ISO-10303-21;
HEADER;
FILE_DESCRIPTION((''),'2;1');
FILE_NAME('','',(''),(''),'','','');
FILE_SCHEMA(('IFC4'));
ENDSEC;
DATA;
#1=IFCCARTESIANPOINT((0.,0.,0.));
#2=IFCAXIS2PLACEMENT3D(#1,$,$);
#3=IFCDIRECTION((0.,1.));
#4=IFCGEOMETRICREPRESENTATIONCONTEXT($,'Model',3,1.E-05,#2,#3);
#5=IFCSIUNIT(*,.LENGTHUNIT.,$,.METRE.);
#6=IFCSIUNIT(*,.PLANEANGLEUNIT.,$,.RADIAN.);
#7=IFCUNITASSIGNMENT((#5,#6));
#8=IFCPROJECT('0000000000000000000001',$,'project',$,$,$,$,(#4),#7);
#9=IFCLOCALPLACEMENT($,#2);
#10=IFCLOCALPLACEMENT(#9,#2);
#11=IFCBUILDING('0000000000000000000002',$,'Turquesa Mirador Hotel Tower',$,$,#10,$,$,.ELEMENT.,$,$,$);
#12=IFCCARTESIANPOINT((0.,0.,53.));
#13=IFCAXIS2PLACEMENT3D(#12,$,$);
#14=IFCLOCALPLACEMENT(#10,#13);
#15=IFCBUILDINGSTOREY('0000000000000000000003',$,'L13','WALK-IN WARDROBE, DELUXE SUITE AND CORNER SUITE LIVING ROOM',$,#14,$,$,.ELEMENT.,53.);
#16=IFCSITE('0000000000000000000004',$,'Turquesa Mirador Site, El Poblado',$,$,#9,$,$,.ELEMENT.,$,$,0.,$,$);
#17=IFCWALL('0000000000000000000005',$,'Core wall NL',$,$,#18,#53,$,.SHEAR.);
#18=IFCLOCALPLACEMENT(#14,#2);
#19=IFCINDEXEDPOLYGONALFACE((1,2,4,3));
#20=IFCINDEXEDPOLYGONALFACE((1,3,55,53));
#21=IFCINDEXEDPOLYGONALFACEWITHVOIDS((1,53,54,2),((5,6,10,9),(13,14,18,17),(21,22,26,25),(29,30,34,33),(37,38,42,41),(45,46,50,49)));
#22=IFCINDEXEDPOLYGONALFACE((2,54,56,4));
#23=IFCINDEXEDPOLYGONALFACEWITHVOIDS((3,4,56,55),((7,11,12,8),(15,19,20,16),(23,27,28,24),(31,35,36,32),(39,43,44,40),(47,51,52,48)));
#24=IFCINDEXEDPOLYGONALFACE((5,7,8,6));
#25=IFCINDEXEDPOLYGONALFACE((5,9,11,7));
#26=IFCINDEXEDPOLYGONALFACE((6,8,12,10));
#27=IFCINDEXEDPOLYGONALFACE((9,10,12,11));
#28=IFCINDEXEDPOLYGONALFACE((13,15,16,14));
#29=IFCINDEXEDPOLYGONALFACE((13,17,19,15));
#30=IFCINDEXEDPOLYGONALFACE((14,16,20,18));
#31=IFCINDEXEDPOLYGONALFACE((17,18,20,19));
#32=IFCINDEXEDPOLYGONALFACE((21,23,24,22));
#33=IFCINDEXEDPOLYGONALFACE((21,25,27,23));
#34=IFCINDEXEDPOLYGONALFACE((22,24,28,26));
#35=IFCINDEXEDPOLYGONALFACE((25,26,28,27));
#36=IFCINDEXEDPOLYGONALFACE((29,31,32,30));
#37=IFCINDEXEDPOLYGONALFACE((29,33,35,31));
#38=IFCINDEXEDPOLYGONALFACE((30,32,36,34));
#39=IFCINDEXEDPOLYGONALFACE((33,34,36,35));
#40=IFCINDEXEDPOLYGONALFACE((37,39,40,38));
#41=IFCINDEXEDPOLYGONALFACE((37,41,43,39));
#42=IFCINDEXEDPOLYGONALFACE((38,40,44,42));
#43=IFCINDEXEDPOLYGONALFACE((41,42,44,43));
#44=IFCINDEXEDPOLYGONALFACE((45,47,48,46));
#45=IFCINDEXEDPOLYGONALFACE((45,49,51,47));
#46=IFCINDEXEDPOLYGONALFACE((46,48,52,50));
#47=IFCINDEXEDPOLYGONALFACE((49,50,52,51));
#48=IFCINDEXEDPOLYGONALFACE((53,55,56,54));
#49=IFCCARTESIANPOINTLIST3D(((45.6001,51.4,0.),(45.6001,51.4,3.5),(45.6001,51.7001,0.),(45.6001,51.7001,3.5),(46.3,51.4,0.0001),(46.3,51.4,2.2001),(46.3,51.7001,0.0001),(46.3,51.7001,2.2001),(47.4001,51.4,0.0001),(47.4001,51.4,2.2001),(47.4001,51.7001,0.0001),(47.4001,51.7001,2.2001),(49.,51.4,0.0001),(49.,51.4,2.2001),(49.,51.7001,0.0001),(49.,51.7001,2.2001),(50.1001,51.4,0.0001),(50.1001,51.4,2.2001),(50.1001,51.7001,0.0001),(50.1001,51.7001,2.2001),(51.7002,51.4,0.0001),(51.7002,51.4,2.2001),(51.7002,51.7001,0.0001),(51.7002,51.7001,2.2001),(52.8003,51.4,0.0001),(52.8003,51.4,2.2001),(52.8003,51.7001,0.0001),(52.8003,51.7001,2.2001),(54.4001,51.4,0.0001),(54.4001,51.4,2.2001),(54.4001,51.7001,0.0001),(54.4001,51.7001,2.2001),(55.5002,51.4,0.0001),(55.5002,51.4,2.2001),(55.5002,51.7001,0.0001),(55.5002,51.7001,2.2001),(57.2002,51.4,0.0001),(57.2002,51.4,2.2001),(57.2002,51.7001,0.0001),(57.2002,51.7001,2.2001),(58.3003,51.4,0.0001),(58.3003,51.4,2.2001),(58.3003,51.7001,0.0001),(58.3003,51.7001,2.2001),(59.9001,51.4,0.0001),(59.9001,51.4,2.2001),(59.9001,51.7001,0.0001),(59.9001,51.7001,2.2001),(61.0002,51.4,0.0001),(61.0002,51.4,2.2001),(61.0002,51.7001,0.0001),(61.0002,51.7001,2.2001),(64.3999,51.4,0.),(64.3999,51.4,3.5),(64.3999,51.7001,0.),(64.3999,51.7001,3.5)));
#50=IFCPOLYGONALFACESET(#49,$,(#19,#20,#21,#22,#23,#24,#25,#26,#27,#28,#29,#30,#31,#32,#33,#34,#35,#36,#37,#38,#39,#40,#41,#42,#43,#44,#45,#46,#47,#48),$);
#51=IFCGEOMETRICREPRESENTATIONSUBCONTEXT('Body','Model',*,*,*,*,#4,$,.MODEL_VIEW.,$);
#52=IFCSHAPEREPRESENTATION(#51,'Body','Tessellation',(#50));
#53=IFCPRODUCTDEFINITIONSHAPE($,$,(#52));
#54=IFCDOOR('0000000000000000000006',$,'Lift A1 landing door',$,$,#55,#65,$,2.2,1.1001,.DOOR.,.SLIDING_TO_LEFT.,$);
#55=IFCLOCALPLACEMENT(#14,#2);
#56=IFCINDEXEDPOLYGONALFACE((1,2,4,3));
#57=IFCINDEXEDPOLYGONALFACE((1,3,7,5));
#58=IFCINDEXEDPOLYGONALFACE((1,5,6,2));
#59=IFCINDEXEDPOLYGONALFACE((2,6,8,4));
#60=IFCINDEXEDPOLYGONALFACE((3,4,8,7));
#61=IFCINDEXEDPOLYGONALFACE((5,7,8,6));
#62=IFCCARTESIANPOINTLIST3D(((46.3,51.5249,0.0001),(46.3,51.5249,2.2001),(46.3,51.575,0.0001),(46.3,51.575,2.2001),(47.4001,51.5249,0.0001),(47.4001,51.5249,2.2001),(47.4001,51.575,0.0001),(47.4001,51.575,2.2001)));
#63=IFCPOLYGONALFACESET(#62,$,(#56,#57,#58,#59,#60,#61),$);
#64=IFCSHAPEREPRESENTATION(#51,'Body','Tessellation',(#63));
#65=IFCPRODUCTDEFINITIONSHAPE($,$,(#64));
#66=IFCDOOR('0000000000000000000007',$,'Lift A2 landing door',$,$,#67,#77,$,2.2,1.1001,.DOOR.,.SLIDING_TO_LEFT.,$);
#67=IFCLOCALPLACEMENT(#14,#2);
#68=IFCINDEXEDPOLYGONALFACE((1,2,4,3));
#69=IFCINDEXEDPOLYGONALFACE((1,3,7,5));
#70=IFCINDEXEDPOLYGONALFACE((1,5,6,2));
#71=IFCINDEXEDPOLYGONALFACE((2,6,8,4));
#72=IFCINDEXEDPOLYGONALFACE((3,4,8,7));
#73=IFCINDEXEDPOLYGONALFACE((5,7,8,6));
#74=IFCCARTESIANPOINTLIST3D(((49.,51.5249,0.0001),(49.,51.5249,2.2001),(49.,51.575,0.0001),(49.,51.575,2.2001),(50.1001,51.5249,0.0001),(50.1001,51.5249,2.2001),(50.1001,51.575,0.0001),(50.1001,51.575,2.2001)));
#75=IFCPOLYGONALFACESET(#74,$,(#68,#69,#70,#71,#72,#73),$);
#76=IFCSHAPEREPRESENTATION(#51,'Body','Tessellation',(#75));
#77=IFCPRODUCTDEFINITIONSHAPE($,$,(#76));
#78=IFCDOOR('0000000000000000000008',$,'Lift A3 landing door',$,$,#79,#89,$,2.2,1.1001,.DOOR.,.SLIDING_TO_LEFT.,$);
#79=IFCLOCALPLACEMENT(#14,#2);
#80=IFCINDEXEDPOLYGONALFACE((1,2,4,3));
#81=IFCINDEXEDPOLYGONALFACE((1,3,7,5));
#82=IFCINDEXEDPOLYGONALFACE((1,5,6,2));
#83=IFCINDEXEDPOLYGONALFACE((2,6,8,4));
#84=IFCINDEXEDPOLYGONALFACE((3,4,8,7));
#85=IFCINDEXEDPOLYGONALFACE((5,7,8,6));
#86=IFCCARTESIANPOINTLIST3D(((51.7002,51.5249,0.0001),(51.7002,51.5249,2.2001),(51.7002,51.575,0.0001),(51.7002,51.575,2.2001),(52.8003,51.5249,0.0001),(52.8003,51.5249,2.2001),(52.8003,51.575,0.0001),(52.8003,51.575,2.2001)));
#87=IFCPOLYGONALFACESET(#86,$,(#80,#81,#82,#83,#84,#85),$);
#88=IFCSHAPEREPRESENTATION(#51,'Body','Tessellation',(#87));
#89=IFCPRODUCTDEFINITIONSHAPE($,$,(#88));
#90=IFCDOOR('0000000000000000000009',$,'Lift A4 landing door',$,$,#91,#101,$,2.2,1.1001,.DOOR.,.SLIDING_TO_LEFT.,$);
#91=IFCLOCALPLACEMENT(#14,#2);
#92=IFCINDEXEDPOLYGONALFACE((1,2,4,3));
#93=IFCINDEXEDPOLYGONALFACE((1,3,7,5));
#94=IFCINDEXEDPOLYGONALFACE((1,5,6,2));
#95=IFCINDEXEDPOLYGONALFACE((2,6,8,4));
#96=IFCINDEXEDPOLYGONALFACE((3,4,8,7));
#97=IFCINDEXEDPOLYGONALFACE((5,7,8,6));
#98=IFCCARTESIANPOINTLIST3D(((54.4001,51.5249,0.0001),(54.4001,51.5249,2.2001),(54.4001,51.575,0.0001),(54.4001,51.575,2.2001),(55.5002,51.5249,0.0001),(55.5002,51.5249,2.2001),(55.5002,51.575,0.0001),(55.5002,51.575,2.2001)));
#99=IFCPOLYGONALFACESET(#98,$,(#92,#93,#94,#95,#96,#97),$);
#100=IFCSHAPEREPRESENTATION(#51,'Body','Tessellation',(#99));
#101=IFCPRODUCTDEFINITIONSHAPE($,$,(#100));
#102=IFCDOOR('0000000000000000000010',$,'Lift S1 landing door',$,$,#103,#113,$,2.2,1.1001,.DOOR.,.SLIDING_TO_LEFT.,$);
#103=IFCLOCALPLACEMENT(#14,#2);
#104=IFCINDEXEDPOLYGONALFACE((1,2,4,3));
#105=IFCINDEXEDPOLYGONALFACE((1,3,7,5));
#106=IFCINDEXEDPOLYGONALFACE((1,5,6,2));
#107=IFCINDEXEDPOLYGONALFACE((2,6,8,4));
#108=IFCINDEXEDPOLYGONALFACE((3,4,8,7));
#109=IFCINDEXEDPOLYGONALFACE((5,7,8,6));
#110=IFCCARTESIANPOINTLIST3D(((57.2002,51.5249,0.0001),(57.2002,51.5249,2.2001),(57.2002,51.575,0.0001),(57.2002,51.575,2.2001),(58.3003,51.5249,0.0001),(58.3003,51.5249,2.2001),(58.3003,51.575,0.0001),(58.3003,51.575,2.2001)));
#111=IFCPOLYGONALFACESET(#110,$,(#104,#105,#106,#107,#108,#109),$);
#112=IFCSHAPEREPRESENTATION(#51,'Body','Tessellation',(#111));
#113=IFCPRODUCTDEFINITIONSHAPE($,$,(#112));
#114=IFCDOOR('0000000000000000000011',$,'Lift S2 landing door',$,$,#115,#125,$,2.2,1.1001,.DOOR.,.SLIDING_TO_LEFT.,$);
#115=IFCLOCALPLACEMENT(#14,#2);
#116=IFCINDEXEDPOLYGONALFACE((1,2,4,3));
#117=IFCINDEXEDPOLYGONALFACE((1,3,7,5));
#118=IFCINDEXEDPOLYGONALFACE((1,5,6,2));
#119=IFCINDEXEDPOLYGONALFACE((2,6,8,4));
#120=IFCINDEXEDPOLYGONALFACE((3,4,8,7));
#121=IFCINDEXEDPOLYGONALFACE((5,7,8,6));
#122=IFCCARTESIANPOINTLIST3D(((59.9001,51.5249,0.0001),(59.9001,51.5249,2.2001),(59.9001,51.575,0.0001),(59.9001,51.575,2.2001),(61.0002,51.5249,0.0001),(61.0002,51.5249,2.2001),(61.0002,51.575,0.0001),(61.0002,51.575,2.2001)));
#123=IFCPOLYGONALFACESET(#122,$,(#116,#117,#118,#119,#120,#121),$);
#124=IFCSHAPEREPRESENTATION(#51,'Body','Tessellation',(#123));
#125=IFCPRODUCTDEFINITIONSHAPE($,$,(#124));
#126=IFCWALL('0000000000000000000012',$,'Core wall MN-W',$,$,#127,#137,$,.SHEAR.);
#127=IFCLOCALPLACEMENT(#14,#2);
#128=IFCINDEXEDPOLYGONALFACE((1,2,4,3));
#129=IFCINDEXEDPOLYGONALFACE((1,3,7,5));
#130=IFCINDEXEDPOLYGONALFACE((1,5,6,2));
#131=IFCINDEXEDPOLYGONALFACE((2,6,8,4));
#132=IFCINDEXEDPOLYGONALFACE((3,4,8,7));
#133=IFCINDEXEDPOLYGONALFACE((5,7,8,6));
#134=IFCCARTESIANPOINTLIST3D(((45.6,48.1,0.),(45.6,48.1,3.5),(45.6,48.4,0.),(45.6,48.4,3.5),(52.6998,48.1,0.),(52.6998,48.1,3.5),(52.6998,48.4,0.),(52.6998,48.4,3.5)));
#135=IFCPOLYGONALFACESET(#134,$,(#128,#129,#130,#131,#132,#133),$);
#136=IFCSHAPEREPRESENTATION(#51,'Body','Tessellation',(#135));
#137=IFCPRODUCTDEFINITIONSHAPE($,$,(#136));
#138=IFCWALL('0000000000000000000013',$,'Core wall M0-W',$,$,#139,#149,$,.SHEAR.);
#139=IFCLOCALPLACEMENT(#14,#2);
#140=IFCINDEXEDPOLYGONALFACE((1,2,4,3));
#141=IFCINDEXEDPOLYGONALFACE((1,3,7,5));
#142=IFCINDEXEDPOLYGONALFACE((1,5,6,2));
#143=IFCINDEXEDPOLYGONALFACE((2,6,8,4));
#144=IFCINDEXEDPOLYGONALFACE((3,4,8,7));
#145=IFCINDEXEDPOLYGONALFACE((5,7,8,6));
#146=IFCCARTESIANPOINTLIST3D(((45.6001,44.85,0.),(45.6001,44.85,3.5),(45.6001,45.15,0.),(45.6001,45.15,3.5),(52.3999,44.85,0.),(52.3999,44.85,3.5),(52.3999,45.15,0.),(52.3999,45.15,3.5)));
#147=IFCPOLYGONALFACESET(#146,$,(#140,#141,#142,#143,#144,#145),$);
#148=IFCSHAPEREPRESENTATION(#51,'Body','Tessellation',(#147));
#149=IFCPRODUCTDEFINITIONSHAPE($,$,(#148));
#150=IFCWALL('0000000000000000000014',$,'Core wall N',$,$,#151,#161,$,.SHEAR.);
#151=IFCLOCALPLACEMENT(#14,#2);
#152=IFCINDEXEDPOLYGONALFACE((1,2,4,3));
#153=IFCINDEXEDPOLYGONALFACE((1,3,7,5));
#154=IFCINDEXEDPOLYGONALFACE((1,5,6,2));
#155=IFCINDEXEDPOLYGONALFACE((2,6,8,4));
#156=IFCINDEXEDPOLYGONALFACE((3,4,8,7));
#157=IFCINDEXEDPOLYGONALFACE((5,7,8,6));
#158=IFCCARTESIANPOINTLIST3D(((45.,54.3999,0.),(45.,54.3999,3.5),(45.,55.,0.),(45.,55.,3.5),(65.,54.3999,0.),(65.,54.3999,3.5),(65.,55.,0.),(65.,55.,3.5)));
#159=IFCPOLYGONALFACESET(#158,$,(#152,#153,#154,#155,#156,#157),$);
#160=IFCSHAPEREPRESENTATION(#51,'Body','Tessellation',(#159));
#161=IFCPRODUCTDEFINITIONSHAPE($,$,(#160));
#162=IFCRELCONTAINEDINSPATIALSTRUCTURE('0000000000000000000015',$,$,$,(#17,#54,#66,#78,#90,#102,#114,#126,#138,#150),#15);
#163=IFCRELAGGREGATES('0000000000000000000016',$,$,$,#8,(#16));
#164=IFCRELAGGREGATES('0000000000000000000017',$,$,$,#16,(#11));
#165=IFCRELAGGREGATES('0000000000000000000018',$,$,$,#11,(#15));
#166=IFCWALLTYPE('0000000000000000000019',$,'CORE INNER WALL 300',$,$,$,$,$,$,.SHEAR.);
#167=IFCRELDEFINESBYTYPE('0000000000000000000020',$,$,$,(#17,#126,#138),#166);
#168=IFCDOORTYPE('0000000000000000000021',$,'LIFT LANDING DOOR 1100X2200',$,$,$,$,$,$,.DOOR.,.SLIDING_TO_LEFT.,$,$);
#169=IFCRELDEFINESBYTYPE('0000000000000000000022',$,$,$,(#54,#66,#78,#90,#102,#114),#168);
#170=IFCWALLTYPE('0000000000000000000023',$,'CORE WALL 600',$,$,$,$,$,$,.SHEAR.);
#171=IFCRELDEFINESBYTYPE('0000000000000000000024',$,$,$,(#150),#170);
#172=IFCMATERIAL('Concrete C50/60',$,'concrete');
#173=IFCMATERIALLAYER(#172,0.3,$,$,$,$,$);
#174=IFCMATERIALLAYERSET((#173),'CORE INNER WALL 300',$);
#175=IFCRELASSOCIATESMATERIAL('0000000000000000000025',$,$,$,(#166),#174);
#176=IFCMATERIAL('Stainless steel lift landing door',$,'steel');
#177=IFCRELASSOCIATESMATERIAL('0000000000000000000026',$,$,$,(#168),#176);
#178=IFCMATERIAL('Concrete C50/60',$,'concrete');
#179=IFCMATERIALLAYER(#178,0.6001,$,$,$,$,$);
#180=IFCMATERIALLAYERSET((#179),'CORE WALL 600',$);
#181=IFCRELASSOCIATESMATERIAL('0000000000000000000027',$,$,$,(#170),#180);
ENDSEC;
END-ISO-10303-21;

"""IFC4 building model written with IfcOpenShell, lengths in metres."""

from ifc_helpers import new_model, si_unit, direction, frame, frame_2d, origin, place, context, subcontext, project, spatial, rectangle, extrude, material, layer, layer_set, type_object, element, fill, save


model = new_model("IFC4")

# Units and contexts
model_context = context("Model", 3, precision=1e-05, world=origin(), true_north=direction((0.0, 1.0)))
body_context = subcontext(model_context, "Body", "Model", "MODEL_VIEW")
ifc_project = project(units=[si_unit("LENGTHUNIT", "METRE"), si_unit("PLANEANGLEUNIT", "RADIAN")], contexts=[model_context])

# Site, building, storey
site_placement = place(None, origin())
site = spatial("IfcSite", under=ifc_project, at=site_placement, Name="Turquesa Mirador Site, El Poblado", CompositionType="ELEMENT", RefElevation=0.0)
building_placement = place(site_placement, origin())
building = spatial("IfcBuilding", under=site, at=building_placement, Name="Turquesa Mirador Hotel Tower", CompositionType="ELEMENT")
storey_placement = place(building_placement, frame((0.0, 0.0, 53.0)))
storey = spatial("IfcBuildingStorey", under=building, at=storey_placement, Name="L13", Description="WALK-IN WARDROBE, DELUXE SUITE AND CORNER SUITE LIVING ROOM", CompositionType="ELEMENT", Elevation=53.0)

# Wall, openings, doors
ifc_material_1 = material(Name="Concrete C50/60", Category="concrete")
ifc_layer_1 = layer(ifc_material_1, 0.3)
ifc_layer_set_1 = layer_set([ifc_layer_1], Name="CORE INNER WALL 300")
wall_type_1 = type_object("IfcWallType", Name="CORE INNER WALL 300", PredefinedType="SHEAR", material=ifc_layer_set_1)
wall_1_placement = place(storey_placement, frame((45.6001, 51.55, 0.0), z_axis=(0.0, 0.0, 1.0), x_axis=(1.0, 0.0, 0.0)))
wall_1 = element("IfcWall", 1, at=wall_1_placement, inside=storey, type_object=wall_type_1, Name="Core wall NL", PredefinedType="SHEAR", context=body_context, shape_type="SweptSolid", body=[
    extrude(rectangle(XDim=18.7998, YDim=0.3, at=frame_2d((9.3999, 0.0))), origin(), (0.0, 0.0, 1.0), 3.5),
])
opening_1_placement = place(wall_1_placement, frame((0.7, 0.0, 0.0)))
opening_1 = element("IfcOpeningElement", 2, at=opening_1_placement, cuts=wall_1, PredefinedType="OPENING", context=body_context, shape_type="SweptSolid", body=[
    extrude(rectangle(XDim=1.1001, YDim=2.2, at=frame_2d((0.55, 1.1001))), frame((0.0, 0.1599, 0.0), z_axis=(0.0, -1.0, 0.0), x_axis=(1.0, 0.0, 0.0)), (0.0, 0.0, 1.0), 0.3201),
])
opening_2_placement = place(wall_1_placement, frame((3.3999, 0.0, 0.0)))
opening_2 = element("IfcOpeningElement", 3, at=opening_2_placement, cuts=wall_1, PredefinedType="OPENING", context=body_context, shape_type="SweptSolid", body=[
    extrude(rectangle(XDim=1.1001, YDim=2.2, at=frame_2d((0.55, 1.1001))), frame((0.0, 0.1599, 0.0), z_axis=(0.0, -1.0, 0.0), x_axis=(1.0, 0.0, 0.0)), (0.0, 0.0, 1.0), 0.3201),
])
opening_3_placement = place(wall_1_placement, frame((6.1001, 0.0, 0.0)))
opening_3 = element("IfcOpeningElement", 4, at=opening_3_placement, cuts=wall_1, PredefinedType="OPENING", context=body_context, shape_type="SweptSolid", body=[
    extrude(rectangle(XDim=1.1001, YDim=2.2, at=frame_2d((0.55, 1.1001))), frame((0.0, 0.1599, 0.0), z_axis=(0.0, -1.0, 0.0), x_axis=(1.0, 0.0, 0.0)), (0.0, 0.0, 1.0), 0.3201),
])
opening_4_placement = place(wall_1_placement, frame((8.8, 0.0, 0.0)))
opening_4 = element("IfcOpeningElement", 5, at=opening_4_placement, cuts=wall_1, PredefinedType="OPENING", context=body_context, shape_type="SweptSolid", body=[
    extrude(rectangle(XDim=1.1001, YDim=2.2, at=frame_2d((0.55, 1.1001))), frame((0.0, 0.1599, 0.0), z_axis=(0.0, -1.0, 0.0), x_axis=(1.0, 0.0, 0.0)), (0.0, 0.0, 1.0), 0.3201),
])
opening_5_placement = place(wall_1_placement, frame((11.6001, 0.0, 0.0)))
opening_5 = element("IfcOpeningElement", 6, at=opening_5_placement, cuts=wall_1, PredefinedType="OPENING", context=body_context, shape_type="SweptSolid", body=[
    extrude(rectangle(XDim=1.1001, YDim=2.2, at=frame_2d((0.55, 1.1001))), frame((0.0, 0.1599, 0.0), z_axis=(0.0, -1.0, 0.0), x_axis=(1.0, 0.0, 0.0)), (0.0, 0.0, 1.0), 0.3201),
])
opening_6_placement = place(wall_1_placement, frame((14.3, 0.0, 0.0)))
opening_6 = element("IfcOpeningElement", 7, at=opening_6_placement, cuts=wall_1, PredefinedType="OPENING", context=body_context, shape_type="SweptSolid", body=[
    extrude(rectangle(XDim=1.1001, YDim=2.2, at=frame_2d((0.55, 1.1001))), frame((0.0, 0.1599, 0.0), z_axis=(0.0, -1.0, 0.0), x_axis=(1.0, 0.0, 0.0)), (0.0, 0.0, 1.0), 0.3201),
])
ifc_material_2 = material(Name="Stainless steel lift landing door", Category="steel")
door_type_1 = type_object("IfcDoorType", Name="LIFT LANDING DOOR 1100X2200", OperationType="SLIDING_TO_LEFT", PredefinedType="DOOR", material=ifc_material_2)
door_1_placement = place(opening_1_placement, origin())
door_1 = element("IfcDoor", 8, at=door_1_placement, inside=storey, type_object=door_type_1, Name="Lift A1 landing door", OperationType="SLIDING_TO_LEFT", OverallHeight=2.2, OverallWidth=1.1001, PredefinedType="DOOR", context=body_context, shape_type="SweptSolid", body=[
    extrude(rectangle(XDim=1.1001, YDim=2.2, at=frame_2d((0.55, 1.1001))), frame((0.0, 0.0249, 0.0), z_axis=(0.0, -1.0, 0.0), x_axis=(1.0, 0.0, 0.0)), (0.0, 0.0, 1.0), 0.05),
])
fill(opening_1, door_1)
door_2_placement = place(opening_2_placement, origin())
door_2 = element("IfcDoor", 9, at=door_2_placement, inside=storey, type_object=door_type_1, Name="Lift A2 landing door", OperationType="SLIDING_TO_LEFT", OverallHeight=2.2, OverallWidth=1.1001, PredefinedType="DOOR", context=body_context, shape_type="SweptSolid", body=[
    extrude(rectangle(XDim=1.1001, YDim=2.2, at=frame_2d((0.55, 1.1001))), frame((0.0, 0.0249, 0.0), z_axis=(0.0, -1.0, 0.0), x_axis=(1.0, 0.0, 0.0)), (0.0, 0.0, 1.0), 0.05),
])
fill(opening_2, door_2)
door_3_placement = place(opening_3_placement, origin())
door_3 = element("IfcDoor", 10, at=door_3_placement, inside=storey, type_object=door_type_1, Name="Lift A3 landing door", OperationType="SLIDING_TO_LEFT", OverallHeight=2.2, OverallWidth=1.1001, PredefinedType="DOOR", context=body_context, shape_type="SweptSolid", body=[
    extrude(rectangle(XDim=1.1001, YDim=2.2, at=frame_2d((0.55, 1.1001))), frame((0.0, 0.0249, 0.0), z_axis=(0.0, -1.0, 0.0), x_axis=(1.0, 0.0, 0.0)), (0.0, 0.0, 1.0), 0.05),
])
fill(opening_3, door_3)
door_4_placement = place(opening_4_placement, origin())
door_4 = element("IfcDoor", 11, at=door_4_placement, inside=storey, type_object=door_type_1, Name="Lift A4 landing door", OperationType="SLIDING_TO_LEFT", OverallHeight=2.2, OverallWidth=1.1001, PredefinedType="DOOR", context=body_context, shape_type="SweptSolid", body=[
    extrude(rectangle(XDim=1.1001, YDim=2.2, at=frame_2d((0.55, 1.1001))), frame((0.0, 0.0249, 0.0), z_axis=(0.0, -1.0, 0.0), x_axis=(1.0, 0.0, 0.0)), (0.0, 0.0, 1.0), 0.05),
])
fill(opening_4, door_4)
door_5_placement = place(opening_5_placement, origin())
door_5 = element("IfcDoor", 12, at=door_5_placement, inside=storey, type_object=door_type_1, Name="Lift S1 landing door", OperationType="SLIDING_TO_LEFT", OverallHeight=2.2, OverallWidth=1.1001, PredefinedType="DOOR", context=body_context, shape_type="SweptSolid", body=[
    extrude(rectangle(XDim=1.1001, YDim=2.2, at=frame_2d((0.55, 1.1001))), frame((0.0, 0.0249, 0.0), z_axis=(0.0, -1.0, 0.0), x_axis=(1.0, 0.0, 0.0)), (0.0, 0.0, 1.0), 0.05),
])
fill(opening_5, door_5)
door_6_placement = place(opening_6_placement, origin())
door_6 = element("IfcDoor", 13, at=door_6_placement, inside=storey, type_object=door_type_1, Name="Lift S2 landing door", OperationType="SLIDING_TO_LEFT", OverallHeight=2.2, OverallWidth=1.1001, PredefinedType="DOOR", context=body_context, shape_type="SweptSolid", body=[
    extrude(rectangle(XDim=1.1001, YDim=2.2, at=frame_2d((0.55, 1.1001))), frame((0.0, 0.0249, 0.0), z_axis=(0.0, -1.0, 0.0), x_axis=(1.0, 0.0, 0.0)), (0.0, 0.0, 1.0), 0.05),
])
fill(opening_6, door_6)

# Walls
wall_2_placement = place(storey_placement, frame((45.6001, 48.25, 0.0), z_axis=(0.0, 0.0, 1.0), x_axis=(1.0, 0.0, 0.0)))
element("IfcWall", 14, at=wall_2_placement, inside=storey, type_object=wall_type_1, Name="Core wall MN-W", PredefinedType="SHEAR", context=body_context, shape_type="SweptSolid", body=[
    extrude(rectangle(XDim=7.0999, YDim=0.3, at=frame_2d((3.5498, 0.0))), origin(), (0.0, 0.0, 1.0), 3.5),
])
wall_3_placement = place(storey_placement, frame((45.6001, 45.0, 0.0), z_axis=(0.0, 0.0, 1.0), x_axis=(1.0, 0.0, 0.0)))
element("IfcWall", 15, at=wall_3_placement, inside=storey, type_object=wall_type_1, Name="Core wall M0-W", PredefinedType="SHEAR", context=body_context, shape_type="SweptSolid", body=[
    extrude(rectangle(XDim=6.7998, YDim=0.3, at=frame_2d((3.3999, 0.0))), origin(), (0.0, 0.0, 1.0), 3.5),
])
ifc_material_3 = material(Name="Concrete C50/60", Category="concrete")
ifc_layer_2 = layer(ifc_material_3, 0.6001)
ifc_layer_set_2 = layer_set([ifc_layer_2], Name="CORE WALL 600")
wall_type_2 = type_object("IfcWallType", Name="CORE WALL 600", PredefinedType="SHEAR", material=ifc_layer_set_2)
wall_4_placement = place(storey_placement, frame((45.0, 54.7, 0.0), z_axis=(0.0, 0.0, 1.0), x_axis=(1.0, 0.0, 0.0)))
element("IfcWall", 16, at=wall_4_placement, inside=storey, type_object=wall_type_2, Name="Core wall N", PredefinedType="SHEAR", context=body_context, shape_type="SweptSolid", body=[
    extrude(rectangle(XDim=20.0, YDim=0.6001, at=frame_2d((10.0, 0.0))), origin(), (0.0, 0.0, 1.0), 3.5),
])

save(model, "model.ifc")
